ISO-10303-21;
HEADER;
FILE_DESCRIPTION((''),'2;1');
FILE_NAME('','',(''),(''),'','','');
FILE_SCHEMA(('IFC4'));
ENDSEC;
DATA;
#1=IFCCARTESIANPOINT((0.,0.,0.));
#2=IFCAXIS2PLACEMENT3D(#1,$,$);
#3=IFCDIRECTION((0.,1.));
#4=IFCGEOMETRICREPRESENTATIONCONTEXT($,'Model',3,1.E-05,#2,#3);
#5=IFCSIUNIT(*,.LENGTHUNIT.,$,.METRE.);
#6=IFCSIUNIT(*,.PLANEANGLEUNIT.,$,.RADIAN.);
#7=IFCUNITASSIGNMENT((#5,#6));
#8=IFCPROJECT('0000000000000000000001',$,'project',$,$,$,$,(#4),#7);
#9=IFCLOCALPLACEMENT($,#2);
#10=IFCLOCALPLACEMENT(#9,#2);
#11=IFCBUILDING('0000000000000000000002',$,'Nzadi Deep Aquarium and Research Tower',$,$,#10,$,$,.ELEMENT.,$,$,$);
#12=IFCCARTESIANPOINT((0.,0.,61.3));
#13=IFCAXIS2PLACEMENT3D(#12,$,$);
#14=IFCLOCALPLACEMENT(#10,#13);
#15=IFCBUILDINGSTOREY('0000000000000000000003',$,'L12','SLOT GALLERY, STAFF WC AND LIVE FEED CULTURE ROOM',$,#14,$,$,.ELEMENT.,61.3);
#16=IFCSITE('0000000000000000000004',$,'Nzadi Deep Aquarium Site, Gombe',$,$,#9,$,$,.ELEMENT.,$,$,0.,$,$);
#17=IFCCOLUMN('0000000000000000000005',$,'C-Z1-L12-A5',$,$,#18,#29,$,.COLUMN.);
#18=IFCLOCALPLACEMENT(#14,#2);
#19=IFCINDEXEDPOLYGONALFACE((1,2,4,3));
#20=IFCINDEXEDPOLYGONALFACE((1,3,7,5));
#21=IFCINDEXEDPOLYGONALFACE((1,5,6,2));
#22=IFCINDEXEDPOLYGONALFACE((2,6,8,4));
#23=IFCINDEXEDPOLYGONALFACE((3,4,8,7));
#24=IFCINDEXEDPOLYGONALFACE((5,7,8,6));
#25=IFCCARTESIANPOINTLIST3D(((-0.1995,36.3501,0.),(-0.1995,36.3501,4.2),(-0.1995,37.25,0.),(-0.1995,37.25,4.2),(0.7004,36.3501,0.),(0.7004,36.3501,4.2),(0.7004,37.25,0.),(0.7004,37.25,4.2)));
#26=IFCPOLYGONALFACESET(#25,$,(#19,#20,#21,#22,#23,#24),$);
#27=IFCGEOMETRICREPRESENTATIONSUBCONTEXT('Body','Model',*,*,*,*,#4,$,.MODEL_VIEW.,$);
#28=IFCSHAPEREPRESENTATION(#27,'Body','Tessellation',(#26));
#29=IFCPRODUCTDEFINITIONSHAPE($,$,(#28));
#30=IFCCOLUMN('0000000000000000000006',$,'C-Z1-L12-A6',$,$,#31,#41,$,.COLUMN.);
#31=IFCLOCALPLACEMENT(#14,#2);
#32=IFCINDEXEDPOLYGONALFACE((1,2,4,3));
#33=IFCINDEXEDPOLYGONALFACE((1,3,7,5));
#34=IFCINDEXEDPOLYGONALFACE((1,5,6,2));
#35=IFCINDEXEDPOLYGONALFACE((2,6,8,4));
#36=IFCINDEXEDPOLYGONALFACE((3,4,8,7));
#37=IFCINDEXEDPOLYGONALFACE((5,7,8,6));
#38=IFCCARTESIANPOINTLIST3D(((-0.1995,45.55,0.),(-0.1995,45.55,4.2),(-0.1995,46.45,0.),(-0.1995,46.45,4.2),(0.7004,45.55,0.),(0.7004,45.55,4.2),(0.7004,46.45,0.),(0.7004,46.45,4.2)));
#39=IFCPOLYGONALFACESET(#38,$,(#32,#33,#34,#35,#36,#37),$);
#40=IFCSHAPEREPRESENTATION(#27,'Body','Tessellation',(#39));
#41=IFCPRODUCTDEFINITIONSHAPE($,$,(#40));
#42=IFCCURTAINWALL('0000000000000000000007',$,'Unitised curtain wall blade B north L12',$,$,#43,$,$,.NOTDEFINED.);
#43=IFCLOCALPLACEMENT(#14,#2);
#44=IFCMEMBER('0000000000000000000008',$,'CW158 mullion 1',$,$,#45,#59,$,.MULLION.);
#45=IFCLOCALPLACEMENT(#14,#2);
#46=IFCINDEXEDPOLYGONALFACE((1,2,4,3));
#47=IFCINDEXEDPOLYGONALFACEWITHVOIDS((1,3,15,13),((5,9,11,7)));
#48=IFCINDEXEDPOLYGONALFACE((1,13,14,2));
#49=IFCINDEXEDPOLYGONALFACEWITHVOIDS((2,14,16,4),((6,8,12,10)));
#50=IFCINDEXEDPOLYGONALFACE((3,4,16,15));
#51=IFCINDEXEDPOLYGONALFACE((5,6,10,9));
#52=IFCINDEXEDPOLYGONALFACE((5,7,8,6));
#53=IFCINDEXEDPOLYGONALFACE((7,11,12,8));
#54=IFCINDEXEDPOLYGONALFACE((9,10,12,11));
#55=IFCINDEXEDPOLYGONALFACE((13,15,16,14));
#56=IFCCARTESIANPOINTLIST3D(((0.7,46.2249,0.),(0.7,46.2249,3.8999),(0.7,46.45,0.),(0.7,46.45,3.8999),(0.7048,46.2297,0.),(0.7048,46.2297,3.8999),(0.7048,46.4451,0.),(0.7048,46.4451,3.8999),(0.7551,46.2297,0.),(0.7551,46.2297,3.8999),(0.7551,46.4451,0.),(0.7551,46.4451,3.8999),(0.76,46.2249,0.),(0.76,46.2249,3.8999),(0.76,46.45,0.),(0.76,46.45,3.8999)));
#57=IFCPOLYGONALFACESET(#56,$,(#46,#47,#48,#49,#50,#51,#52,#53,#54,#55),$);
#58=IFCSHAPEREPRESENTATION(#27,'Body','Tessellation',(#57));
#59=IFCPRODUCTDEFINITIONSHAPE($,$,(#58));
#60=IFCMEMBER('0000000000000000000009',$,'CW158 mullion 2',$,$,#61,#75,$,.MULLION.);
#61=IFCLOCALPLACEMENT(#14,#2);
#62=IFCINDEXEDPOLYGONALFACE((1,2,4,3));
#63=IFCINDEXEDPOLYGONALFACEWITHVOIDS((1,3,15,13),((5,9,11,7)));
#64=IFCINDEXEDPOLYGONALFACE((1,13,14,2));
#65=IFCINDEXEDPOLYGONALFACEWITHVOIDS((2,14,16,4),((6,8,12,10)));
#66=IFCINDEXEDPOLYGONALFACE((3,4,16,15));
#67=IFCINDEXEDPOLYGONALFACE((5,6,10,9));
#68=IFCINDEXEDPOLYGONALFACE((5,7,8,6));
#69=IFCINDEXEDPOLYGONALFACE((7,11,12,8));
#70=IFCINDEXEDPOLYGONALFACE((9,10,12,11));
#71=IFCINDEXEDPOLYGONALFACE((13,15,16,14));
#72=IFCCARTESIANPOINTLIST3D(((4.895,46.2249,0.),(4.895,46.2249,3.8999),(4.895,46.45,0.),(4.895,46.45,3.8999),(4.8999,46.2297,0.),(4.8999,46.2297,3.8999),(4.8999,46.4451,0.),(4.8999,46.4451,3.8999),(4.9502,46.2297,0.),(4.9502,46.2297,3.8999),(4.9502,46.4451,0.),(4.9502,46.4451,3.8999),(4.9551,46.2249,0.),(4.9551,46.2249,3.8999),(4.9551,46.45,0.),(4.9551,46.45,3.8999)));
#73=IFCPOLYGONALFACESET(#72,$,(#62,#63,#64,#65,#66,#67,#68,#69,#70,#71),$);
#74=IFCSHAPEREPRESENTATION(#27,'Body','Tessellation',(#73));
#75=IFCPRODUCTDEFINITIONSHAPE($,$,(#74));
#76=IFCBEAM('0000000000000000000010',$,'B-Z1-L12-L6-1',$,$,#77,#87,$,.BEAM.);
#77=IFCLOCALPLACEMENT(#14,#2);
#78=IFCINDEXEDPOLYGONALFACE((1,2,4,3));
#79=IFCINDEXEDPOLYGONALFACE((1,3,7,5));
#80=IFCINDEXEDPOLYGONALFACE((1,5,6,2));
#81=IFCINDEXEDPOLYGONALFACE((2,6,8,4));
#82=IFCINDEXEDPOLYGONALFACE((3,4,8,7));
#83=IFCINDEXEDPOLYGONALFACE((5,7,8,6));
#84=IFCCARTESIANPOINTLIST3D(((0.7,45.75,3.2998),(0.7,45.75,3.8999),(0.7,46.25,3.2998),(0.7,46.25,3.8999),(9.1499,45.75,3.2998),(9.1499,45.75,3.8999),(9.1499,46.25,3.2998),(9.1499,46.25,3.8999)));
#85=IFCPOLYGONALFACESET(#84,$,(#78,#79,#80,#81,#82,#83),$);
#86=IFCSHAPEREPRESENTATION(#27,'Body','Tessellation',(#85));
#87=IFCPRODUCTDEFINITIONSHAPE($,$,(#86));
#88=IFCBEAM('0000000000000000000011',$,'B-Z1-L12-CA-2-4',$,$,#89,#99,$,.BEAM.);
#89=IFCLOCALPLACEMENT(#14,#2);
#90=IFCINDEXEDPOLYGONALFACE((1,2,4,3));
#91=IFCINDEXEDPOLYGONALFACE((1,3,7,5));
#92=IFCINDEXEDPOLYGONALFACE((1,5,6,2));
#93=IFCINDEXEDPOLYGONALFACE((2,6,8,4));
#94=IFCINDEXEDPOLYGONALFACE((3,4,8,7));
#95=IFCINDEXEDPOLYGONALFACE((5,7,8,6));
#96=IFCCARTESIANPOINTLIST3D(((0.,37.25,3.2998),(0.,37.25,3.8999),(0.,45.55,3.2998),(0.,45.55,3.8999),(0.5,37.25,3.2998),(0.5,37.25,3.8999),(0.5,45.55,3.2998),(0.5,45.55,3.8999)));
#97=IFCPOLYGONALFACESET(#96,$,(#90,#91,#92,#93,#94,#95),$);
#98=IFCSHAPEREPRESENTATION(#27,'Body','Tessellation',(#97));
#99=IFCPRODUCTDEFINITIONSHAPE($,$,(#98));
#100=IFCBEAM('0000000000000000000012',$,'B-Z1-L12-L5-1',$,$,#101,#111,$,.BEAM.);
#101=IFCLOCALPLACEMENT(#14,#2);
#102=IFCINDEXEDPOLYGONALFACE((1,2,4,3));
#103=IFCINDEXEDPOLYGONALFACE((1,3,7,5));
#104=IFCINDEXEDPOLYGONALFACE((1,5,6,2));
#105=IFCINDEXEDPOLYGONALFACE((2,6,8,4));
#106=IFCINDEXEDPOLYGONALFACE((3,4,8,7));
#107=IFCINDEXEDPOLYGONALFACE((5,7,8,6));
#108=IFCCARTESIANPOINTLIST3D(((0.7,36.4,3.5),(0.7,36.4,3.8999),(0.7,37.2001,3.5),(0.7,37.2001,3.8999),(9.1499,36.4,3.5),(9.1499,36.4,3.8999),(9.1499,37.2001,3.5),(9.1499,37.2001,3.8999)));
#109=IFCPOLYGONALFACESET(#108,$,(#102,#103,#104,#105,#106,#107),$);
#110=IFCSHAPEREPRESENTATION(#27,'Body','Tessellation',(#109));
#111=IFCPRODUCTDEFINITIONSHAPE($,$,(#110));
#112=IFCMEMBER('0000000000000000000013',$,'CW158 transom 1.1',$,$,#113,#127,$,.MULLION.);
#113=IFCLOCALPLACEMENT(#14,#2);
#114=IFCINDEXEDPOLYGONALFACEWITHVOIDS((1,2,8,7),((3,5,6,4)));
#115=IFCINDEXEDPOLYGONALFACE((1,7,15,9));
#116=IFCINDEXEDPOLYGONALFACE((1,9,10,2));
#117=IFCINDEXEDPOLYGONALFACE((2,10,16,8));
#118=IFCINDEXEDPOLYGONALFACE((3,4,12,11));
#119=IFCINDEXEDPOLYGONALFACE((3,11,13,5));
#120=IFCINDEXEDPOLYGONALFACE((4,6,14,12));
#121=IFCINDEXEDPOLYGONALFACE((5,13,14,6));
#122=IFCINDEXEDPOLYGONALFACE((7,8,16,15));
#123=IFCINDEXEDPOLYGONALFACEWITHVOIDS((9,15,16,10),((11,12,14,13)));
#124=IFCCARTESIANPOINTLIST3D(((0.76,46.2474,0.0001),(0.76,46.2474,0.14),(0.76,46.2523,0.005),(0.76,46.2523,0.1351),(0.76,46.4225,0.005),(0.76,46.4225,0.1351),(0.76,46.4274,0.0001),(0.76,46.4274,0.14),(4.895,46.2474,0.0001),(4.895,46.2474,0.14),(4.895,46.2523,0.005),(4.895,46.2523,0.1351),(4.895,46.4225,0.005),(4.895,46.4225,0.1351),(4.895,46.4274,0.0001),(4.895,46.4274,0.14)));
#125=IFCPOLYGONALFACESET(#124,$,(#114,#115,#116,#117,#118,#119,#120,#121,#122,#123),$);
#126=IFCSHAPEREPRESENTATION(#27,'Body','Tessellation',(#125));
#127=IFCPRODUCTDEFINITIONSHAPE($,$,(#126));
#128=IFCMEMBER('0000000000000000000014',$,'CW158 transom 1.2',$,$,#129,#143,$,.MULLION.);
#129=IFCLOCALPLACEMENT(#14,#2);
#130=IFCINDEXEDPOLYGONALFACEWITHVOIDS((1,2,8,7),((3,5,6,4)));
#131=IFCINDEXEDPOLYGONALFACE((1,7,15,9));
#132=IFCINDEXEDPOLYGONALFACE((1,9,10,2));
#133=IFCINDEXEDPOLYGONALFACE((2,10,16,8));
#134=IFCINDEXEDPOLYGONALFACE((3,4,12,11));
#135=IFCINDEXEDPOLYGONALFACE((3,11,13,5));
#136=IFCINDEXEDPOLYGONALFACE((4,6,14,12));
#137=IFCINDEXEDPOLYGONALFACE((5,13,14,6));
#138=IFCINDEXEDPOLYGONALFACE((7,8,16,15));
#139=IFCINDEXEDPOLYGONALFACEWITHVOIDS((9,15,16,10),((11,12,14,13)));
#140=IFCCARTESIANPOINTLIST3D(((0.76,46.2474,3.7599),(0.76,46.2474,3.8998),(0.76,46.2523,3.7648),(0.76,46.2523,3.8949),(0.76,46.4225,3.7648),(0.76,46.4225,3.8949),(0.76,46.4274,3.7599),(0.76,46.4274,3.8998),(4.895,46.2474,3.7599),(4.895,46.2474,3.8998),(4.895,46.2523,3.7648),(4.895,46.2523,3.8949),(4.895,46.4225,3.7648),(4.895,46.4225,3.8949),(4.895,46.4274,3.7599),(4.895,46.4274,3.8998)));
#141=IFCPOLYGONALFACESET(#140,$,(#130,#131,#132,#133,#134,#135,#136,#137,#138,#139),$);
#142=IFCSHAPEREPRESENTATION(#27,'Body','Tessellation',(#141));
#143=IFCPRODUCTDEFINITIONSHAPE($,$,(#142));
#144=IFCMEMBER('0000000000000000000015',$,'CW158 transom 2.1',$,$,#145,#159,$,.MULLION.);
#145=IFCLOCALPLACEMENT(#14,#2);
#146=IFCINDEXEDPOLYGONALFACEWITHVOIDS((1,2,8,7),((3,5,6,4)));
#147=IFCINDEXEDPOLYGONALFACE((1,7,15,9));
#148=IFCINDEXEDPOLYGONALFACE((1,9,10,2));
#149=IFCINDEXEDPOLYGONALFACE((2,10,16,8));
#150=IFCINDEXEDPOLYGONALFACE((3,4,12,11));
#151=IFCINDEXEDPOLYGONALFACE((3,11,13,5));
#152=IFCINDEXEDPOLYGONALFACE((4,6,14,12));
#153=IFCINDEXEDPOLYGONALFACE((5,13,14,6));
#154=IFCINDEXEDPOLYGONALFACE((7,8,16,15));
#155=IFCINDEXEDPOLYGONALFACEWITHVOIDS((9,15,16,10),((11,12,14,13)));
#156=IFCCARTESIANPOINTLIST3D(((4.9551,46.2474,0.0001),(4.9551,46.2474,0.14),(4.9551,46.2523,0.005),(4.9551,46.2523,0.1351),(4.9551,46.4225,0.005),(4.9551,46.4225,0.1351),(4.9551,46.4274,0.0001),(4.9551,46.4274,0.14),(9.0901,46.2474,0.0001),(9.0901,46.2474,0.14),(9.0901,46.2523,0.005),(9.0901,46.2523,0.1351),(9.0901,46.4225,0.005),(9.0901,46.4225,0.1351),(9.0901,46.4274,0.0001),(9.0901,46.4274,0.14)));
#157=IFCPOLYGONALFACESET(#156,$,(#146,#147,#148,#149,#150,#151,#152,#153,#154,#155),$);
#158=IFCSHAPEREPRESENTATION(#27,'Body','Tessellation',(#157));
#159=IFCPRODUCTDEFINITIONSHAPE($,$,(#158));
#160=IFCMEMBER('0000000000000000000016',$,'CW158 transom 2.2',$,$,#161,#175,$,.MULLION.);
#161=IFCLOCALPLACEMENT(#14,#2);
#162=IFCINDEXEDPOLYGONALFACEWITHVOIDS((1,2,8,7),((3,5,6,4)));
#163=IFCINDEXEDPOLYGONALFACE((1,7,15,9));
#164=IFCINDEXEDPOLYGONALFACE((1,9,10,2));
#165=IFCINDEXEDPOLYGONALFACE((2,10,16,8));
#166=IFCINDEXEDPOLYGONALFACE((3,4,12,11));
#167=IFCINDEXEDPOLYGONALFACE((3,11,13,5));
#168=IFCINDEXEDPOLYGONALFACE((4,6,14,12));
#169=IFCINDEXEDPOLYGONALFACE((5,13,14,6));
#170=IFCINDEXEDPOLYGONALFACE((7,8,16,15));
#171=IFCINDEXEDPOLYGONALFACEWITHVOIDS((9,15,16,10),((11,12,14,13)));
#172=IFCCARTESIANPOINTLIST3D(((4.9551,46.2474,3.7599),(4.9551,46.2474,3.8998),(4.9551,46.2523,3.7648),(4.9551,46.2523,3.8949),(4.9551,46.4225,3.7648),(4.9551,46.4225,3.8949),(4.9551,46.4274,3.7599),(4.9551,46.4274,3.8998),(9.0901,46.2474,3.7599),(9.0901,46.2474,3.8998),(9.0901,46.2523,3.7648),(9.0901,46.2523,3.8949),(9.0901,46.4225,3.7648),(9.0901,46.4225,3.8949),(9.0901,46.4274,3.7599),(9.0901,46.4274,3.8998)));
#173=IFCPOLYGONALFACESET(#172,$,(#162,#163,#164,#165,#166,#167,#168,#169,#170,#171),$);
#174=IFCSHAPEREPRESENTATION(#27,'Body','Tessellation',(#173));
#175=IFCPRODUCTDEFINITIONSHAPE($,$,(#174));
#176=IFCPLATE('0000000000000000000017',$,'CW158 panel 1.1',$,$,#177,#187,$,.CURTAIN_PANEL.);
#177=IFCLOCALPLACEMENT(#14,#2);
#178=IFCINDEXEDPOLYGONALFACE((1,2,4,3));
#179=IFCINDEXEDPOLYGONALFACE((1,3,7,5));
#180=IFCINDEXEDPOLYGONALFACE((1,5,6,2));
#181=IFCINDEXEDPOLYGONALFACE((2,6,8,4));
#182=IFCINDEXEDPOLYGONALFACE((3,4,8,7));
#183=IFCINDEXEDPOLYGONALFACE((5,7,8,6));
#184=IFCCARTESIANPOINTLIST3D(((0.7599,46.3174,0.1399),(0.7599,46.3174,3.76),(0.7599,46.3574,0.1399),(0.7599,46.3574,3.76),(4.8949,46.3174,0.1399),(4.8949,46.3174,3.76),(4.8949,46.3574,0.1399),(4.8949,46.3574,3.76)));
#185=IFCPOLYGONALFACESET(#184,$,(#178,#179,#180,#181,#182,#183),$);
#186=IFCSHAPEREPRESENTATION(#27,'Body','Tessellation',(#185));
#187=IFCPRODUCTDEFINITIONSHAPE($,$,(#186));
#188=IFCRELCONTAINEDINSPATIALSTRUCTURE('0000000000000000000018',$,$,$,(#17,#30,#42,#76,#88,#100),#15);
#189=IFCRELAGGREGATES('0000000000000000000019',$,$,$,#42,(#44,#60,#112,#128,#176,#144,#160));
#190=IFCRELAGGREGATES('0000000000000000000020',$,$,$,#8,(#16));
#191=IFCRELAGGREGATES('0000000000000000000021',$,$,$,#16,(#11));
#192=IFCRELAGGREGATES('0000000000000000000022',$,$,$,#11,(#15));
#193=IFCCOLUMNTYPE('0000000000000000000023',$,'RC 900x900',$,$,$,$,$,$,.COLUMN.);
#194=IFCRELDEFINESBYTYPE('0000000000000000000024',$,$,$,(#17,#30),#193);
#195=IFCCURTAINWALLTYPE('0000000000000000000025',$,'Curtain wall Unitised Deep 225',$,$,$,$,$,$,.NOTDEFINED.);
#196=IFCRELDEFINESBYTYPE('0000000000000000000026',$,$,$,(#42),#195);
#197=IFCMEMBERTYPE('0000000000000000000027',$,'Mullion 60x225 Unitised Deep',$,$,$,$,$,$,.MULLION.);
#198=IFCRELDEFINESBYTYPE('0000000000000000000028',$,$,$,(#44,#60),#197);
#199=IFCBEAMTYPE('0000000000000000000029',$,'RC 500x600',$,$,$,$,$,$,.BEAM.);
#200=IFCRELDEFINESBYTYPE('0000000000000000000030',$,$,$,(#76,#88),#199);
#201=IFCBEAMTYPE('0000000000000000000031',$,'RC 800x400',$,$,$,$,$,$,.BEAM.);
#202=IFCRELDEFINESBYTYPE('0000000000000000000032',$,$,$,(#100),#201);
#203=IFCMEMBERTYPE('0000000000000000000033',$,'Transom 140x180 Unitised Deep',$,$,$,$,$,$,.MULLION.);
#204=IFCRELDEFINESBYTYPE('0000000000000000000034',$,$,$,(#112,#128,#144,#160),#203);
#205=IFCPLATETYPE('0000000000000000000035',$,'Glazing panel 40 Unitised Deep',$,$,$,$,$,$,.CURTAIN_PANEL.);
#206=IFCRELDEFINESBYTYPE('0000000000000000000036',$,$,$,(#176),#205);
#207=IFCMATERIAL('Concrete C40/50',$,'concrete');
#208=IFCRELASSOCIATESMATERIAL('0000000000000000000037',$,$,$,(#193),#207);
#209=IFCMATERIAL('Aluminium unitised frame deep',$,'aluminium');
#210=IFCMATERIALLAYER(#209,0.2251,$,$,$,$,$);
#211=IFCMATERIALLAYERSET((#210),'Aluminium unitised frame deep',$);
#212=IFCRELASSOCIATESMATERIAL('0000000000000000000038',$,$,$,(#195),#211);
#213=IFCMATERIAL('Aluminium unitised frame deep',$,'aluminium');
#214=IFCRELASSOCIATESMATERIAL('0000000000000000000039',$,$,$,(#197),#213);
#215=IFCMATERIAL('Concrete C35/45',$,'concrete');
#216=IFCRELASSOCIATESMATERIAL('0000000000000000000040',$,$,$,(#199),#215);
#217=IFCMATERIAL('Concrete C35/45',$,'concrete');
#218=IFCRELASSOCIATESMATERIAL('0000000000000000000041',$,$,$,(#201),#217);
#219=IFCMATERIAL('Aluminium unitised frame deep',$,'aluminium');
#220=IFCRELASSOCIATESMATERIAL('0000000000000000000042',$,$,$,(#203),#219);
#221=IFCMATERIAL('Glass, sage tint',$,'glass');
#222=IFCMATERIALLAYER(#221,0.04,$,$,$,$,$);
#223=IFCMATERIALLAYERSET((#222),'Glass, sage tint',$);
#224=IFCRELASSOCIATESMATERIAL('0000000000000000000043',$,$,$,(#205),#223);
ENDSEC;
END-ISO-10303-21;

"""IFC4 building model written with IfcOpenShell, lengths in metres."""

from ifc_helpers import new_model, si_unit, direction, frame, origin, origin_2d, place, context, subcontext, project, spatial, rectangle, hollow_rectangle, extrude, material, layer, layer_set, material_profile, profile_set, type_object, element, aggregate, save


model = new_model("IFC4")

# Units and contexts
model_context = context("Model", 3, precision=1e-05, world=origin(), true_north=direction((0.0, 1.0)))
body_context = subcontext(model_context, "Body", "Model", "MODEL_VIEW")
ifc_project = project(units=[si_unit("LENGTHUNIT", "METRE"), si_unit("PLANEANGLEUNIT", "RADIAN")], contexts=[model_context])

# Site, building, storey
site_placement = place(None, origin())
site = spatial("IfcSite", under=ifc_project, at=site_placement, Name="Nzadi Deep Aquarium Site, Gombe", CompositionType="ELEMENT", RefElevation=0.0)
building_placement = place(site_placement, origin())
building = spatial("IfcBuilding", under=site, at=building_placement, Name="Nzadi Deep Aquarium and Research Tower", CompositionType="ELEMENT")
storey_placement = place(building_placement, frame((0.0, 0.0, 61.3)))
storey = spatial("IfcBuildingStorey", under=building, at=storey_placement, Name="L12", Description="SLOT GALLERY, STAFF WC AND LIVE FEED CULTURE ROOM", CompositionType="ELEMENT", Elevation=61.3)

# Columns
ifc_material_1 = material(Name="Concrete C40/50", Category="concrete")
ifc_material_profile_1 = material_profile(ifc_material_1, rectangle(XDim=0.8999, YDim=0.8999, at=origin_2d()))
ifc_profile_set_1 = profile_set([ifc_material_profile_1], Name="Concrete C40/50")
column_type = type_object("IfcColumnType", Name="RC 900x900", PredefinedType="COLUMN", material=ifc_profile_set_1)
for number, where, z_axis, x_axis, name in (
    (1, (0.2505, 36.8, 0.0), (0.0, 0.0, 1.0), (1.0, 0.0, 0.0), "C-Z1-L12-A5"),
    (2, (0.2505, 46.0, 0.0), (0.0, 0.0, 1.0), (1.0, 0.0, 0.0), "C-Z1-L12-A6"),
):
    element("IfcColumn", number, at=place(storey_placement, frame(where, z_axis=z_axis, x_axis=x_axis)), inside=storey, type_object=column_type, Name=name, PredefinedType="COLUMN", context=body_context, shape_type="SweptSolid", body=[
        extrude(rectangle(XDim=0.8999, YDim=0.8999, at=origin_2d()), origin(), (0.0, 0.0, 1.0), 4.2),
    ])

# Curtain wall, members
ifc_material_2 = material(Name="Aluminium unitised frame deep", Category="aluminium")
ifc_layer_1 = layer(ifc_material_2, 0.2251)
ifc_layer_set_1 = layer_set([ifc_layer_1], Name="Aluminium unitised frame deep")
curtain_wall_type = type_object("IfcCurtainWallType", Name="Curtain wall Unitised Deep 225", PredefinedType="NOTDEFINED", material=ifc_layer_set_1)
curtain_wall_placement = place(storey_placement, origin())
curtain_wall = element("IfcCurtainWall", 3, at=curtain_wall_placement, inside=storey, type_object=curtain_wall_type, Name="Unitised curtain wall blade B north L12", PredefinedType="NOTDEFINED")
ifc_material_3 = material(Name="Aluminium unitised frame deep", Category="aluminium")
ifc_material_profile_2 = material_profile(ifc_material_3, hollow_rectangle(XDim=0.2251, YDim=0.0601, WallThickness=0.0049, at=origin_2d()))
ifc_profile_set_2 = profile_set([ifc_material_profile_2], Name="Aluminium unitised frame deep")
member_type_1 = type_object("IfcMemberType", Name="Mullion 60x225 Unitised Deep", PredefinedType="MULLION", material=ifc_profile_set_2)
member_1_placement = place(storey_placement, frame((0.73, 46.3374, 0.0), z_axis=(0.0, 0.0, 1.0), x_axis=(0.0, 1.0, 0.0)))
member_1 = element("IfcMember", 4, at=member_1_placement, type_object=member_type_1, Name="CW158 mullion 1", PredefinedType="MULLION", context=body_context, shape_type="SweptSolid", body=[
    extrude(hollow_rectangle(XDim=0.2251, YDim=0.0601, WallThickness=0.0049, at=origin_2d()), origin(), (0.0, 0.0, 1.0), 3.8999),
])
member_2_placement = place(storey_placement, frame((4.925, 46.3374, 0.0), z_axis=(0.0, 0.0, 1.0), x_axis=(0.0, 1.0, 0.0)))
member_2 = element("IfcMember", 5, at=member_2_placement, type_object=member_type_1, Name="CW158 mullion 2", PredefinedType="MULLION", context=body_context, shape_type="SweptSolid", body=[
    extrude(hollow_rectangle(XDim=0.2251, YDim=0.0601, WallThickness=0.0049, at=origin_2d()), origin(), (0.0, 0.0, 1.0), 3.8999),
])

# Beams
ifc_material_4 = material(Name="Concrete C35/45", Category="concrete")
ifc_material_profile_3 = material_profile(ifc_material_4, rectangle(XDim=0.5, YDim=0.6001, at=origin_2d()))
ifc_profile_set_3 = profile_set([ifc_material_profile_3], Name="Concrete C35/45")
beam_type_1 = type_object("IfcBeamType", Name="RC 500x600", PredefinedType="BEAM", material=ifc_profile_set_3)
beam_1_placement = place(storey_placement, frame((0.7, 46.0, 3.5999), z_axis=(1.0, 0.0, 0.0), x_axis=(0.0, 1.0, 0.0)))
element("IfcBeam", 6, at=beam_1_placement, inside=storey, type_object=beam_type_1, Name="B-Z1-L12-L6-1", PredefinedType="BEAM", context=body_context, shape_type="SweptSolid", body=[
    extrude(rectangle(XDim=0.5, YDim=0.6001, at=origin_2d()), origin(), (0.0, 0.0, 1.0), 8.45),
])
beam_2_placement = place(storey_placement, frame((0.25, 37.25, 3.5999), z_axis=(0.0, 1.0, 0.0), x_axis=(-1.0, 0.0, 0.0)))
element("IfcBeam", 7, at=beam_2_placement, inside=storey, type_object=beam_type_1, Name="B-Z1-L12-CA-2-4", PredefinedType="BEAM", context=body_context, shape_type="SweptSolid", body=[
    extrude(rectangle(XDim=0.5, YDim=0.6001, at=origin_2d()), origin(), (0.0, 0.0, 1.0), 8.3),
])
ifc_material_5 = material(Name="Concrete C35/45", Category="concrete")
ifc_material_profile_4 = material_profile(ifc_material_5, rectangle(XDim=0.8, YDim=0.3999, at=origin_2d()))
ifc_profile_set_4 = profile_set([ifc_material_profile_4], Name="Concrete C35/45")
beam_type_2 = type_object("IfcBeamType", Name="RC 800x400", PredefinedType="BEAM", material=ifc_profile_set_4)
beam_3_placement = place(storey_placement, frame((0.7, 36.8, 3.7), z_axis=(1.0, 0.0, 0.0), x_axis=(0.0, 1.0, 0.0)))
element("IfcBeam", 8, at=beam_3_placement, inside=storey, type_object=beam_type_2, Name="B-Z1-L12-L5-1", PredefinedType="BEAM", context=body_context, shape_type="SweptSolid", body=[
    extrude(rectangle(XDim=0.8, YDim=0.3999, at=origin_2d()), origin(), (0.0, 0.0, 1.0), 8.45),
])

# Members
ifc_material_6 = material(Name="Aluminium unitised frame deep", Category="aluminium")
ifc_material_profile_5 = material_profile(ifc_material_6, hollow_rectangle(XDim=0.1799, YDim=0.1399, WallThickness=0.0049, at=origin_2d()))
ifc_profile_set_5 = profile_set([ifc_material_profile_5], Name="Aluminium unitised frame deep")
member_type_2 = type_object("IfcMemberType", Name="Transom 140x180 Unitised Deep", PredefinedType="MULLION", material=ifc_profile_set_5)
member_3_placement = place(storey_placement, frame((0.76, 46.3374, 0.0701), z_axis=(1.0, 0.0, 0.0), x_axis=(0.0, 1.0, 0.0)))
member_3 = element("IfcMember", 9, at=member_3_placement, type_object=member_type_2, Name="CW158 transom 1.1", PredefinedType="MULLION", context=body_context, shape_type="SweptSolid", body=[
    extrude(hollow_rectangle(XDim=0.1799, YDim=0.1399, WallThickness=0.0049, at=origin_2d()), origin(), (0.0, 0.0, 1.0), 4.135),
])
member_4_placement = place(storey_placement, frame((0.76, 46.3374, 3.8298), z_axis=(1.0, 0.0, 0.0), x_axis=(0.0, 1.0, 0.0)))
member_4 = element("IfcMember", 10, at=member_4_placement, type_object=member_type_2, Name="CW158 transom 1.2", PredefinedType="MULLION", context=body_context, shape_type="SweptSolid", body=[
    extrude(hollow_rectangle(XDim=0.1799, YDim=0.1399, WallThickness=0.0049, at=origin_2d()), origin(), (0.0, 0.0, 1.0), 4.135),
])
member_5_placement = place(storey_placement, frame((4.9551, 46.3374, 0.0701), z_axis=(1.0, 0.0, 0.0), x_axis=(0.0, 1.0, 0.0)))
member_5 = element("IfcMember", 11, at=member_5_placement, type_object=member_type_2, Name="CW158 transom 2.1", PredefinedType="MULLION", context=body_context, shape_type="SweptSolid", body=[
    extrude(hollow_rectangle(XDim=0.1799, YDim=0.1399, WallThickness=0.0049, at=origin_2d()), origin(), (0.0, 0.0, 1.0), 4.135),
])
member_6_placement = place(storey_placement, frame((4.9551, 46.3374, 3.8298), z_axis=(1.0, 0.0, 0.0), x_axis=(0.0, 1.0, 0.0)))
member_6 = element("IfcMember", 12, at=member_6_placement, type_object=member_type_2, Name="CW158 transom 2.2", PredefinedType="MULLION", context=body_context, shape_type="SweptSolid", body=[
    extrude(hollow_rectangle(XDim=0.1799, YDim=0.1399, WallThickness=0.0049, at=origin_2d()), origin(), (0.0, 0.0, 1.0), 4.135),
])

# Plate
ifc_material_7 = material(Name="Glass, sage tint", Category="glass")
ifc_layer_2 = layer(ifc_material_7, 0.04)
ifc_layer_set_2 = layer_set([ifc_layer_2], Name="Glass, sage tint")
plate_type = type_object("IfcPlateType", Name="Glazing panel 40 Unitised Deep", PredefinedType="CURTAIN_PANEL", material=ifc_layer_set_2)
plate_1_placement = place(storey_placement, frame((2.8274, 46.3374, 0.1399), z_axis=(0.0, 0.0, 1.0), x_axis=(1.0, 0.0, 0.0)))
plate_1 = element("IfcPlate", 13, at=plate_1_placement, type_object=plate_type, Name="CW158 panel 1.1", PredefinedType="CURTAIN_PANEL", context=body_context, shape_type="SweptSolid", body=[
    extrude(rectangle(XDim=4.135, YDim=0.04, at=origin_2d()), origin(), (0.0, 0.0, 1.0), 3.6201),
])
aggregate(curtain_wall, [member_1, member_2, member_3, member_4, plate_1, member_5, member_6])

save(model, "model.ifc")
